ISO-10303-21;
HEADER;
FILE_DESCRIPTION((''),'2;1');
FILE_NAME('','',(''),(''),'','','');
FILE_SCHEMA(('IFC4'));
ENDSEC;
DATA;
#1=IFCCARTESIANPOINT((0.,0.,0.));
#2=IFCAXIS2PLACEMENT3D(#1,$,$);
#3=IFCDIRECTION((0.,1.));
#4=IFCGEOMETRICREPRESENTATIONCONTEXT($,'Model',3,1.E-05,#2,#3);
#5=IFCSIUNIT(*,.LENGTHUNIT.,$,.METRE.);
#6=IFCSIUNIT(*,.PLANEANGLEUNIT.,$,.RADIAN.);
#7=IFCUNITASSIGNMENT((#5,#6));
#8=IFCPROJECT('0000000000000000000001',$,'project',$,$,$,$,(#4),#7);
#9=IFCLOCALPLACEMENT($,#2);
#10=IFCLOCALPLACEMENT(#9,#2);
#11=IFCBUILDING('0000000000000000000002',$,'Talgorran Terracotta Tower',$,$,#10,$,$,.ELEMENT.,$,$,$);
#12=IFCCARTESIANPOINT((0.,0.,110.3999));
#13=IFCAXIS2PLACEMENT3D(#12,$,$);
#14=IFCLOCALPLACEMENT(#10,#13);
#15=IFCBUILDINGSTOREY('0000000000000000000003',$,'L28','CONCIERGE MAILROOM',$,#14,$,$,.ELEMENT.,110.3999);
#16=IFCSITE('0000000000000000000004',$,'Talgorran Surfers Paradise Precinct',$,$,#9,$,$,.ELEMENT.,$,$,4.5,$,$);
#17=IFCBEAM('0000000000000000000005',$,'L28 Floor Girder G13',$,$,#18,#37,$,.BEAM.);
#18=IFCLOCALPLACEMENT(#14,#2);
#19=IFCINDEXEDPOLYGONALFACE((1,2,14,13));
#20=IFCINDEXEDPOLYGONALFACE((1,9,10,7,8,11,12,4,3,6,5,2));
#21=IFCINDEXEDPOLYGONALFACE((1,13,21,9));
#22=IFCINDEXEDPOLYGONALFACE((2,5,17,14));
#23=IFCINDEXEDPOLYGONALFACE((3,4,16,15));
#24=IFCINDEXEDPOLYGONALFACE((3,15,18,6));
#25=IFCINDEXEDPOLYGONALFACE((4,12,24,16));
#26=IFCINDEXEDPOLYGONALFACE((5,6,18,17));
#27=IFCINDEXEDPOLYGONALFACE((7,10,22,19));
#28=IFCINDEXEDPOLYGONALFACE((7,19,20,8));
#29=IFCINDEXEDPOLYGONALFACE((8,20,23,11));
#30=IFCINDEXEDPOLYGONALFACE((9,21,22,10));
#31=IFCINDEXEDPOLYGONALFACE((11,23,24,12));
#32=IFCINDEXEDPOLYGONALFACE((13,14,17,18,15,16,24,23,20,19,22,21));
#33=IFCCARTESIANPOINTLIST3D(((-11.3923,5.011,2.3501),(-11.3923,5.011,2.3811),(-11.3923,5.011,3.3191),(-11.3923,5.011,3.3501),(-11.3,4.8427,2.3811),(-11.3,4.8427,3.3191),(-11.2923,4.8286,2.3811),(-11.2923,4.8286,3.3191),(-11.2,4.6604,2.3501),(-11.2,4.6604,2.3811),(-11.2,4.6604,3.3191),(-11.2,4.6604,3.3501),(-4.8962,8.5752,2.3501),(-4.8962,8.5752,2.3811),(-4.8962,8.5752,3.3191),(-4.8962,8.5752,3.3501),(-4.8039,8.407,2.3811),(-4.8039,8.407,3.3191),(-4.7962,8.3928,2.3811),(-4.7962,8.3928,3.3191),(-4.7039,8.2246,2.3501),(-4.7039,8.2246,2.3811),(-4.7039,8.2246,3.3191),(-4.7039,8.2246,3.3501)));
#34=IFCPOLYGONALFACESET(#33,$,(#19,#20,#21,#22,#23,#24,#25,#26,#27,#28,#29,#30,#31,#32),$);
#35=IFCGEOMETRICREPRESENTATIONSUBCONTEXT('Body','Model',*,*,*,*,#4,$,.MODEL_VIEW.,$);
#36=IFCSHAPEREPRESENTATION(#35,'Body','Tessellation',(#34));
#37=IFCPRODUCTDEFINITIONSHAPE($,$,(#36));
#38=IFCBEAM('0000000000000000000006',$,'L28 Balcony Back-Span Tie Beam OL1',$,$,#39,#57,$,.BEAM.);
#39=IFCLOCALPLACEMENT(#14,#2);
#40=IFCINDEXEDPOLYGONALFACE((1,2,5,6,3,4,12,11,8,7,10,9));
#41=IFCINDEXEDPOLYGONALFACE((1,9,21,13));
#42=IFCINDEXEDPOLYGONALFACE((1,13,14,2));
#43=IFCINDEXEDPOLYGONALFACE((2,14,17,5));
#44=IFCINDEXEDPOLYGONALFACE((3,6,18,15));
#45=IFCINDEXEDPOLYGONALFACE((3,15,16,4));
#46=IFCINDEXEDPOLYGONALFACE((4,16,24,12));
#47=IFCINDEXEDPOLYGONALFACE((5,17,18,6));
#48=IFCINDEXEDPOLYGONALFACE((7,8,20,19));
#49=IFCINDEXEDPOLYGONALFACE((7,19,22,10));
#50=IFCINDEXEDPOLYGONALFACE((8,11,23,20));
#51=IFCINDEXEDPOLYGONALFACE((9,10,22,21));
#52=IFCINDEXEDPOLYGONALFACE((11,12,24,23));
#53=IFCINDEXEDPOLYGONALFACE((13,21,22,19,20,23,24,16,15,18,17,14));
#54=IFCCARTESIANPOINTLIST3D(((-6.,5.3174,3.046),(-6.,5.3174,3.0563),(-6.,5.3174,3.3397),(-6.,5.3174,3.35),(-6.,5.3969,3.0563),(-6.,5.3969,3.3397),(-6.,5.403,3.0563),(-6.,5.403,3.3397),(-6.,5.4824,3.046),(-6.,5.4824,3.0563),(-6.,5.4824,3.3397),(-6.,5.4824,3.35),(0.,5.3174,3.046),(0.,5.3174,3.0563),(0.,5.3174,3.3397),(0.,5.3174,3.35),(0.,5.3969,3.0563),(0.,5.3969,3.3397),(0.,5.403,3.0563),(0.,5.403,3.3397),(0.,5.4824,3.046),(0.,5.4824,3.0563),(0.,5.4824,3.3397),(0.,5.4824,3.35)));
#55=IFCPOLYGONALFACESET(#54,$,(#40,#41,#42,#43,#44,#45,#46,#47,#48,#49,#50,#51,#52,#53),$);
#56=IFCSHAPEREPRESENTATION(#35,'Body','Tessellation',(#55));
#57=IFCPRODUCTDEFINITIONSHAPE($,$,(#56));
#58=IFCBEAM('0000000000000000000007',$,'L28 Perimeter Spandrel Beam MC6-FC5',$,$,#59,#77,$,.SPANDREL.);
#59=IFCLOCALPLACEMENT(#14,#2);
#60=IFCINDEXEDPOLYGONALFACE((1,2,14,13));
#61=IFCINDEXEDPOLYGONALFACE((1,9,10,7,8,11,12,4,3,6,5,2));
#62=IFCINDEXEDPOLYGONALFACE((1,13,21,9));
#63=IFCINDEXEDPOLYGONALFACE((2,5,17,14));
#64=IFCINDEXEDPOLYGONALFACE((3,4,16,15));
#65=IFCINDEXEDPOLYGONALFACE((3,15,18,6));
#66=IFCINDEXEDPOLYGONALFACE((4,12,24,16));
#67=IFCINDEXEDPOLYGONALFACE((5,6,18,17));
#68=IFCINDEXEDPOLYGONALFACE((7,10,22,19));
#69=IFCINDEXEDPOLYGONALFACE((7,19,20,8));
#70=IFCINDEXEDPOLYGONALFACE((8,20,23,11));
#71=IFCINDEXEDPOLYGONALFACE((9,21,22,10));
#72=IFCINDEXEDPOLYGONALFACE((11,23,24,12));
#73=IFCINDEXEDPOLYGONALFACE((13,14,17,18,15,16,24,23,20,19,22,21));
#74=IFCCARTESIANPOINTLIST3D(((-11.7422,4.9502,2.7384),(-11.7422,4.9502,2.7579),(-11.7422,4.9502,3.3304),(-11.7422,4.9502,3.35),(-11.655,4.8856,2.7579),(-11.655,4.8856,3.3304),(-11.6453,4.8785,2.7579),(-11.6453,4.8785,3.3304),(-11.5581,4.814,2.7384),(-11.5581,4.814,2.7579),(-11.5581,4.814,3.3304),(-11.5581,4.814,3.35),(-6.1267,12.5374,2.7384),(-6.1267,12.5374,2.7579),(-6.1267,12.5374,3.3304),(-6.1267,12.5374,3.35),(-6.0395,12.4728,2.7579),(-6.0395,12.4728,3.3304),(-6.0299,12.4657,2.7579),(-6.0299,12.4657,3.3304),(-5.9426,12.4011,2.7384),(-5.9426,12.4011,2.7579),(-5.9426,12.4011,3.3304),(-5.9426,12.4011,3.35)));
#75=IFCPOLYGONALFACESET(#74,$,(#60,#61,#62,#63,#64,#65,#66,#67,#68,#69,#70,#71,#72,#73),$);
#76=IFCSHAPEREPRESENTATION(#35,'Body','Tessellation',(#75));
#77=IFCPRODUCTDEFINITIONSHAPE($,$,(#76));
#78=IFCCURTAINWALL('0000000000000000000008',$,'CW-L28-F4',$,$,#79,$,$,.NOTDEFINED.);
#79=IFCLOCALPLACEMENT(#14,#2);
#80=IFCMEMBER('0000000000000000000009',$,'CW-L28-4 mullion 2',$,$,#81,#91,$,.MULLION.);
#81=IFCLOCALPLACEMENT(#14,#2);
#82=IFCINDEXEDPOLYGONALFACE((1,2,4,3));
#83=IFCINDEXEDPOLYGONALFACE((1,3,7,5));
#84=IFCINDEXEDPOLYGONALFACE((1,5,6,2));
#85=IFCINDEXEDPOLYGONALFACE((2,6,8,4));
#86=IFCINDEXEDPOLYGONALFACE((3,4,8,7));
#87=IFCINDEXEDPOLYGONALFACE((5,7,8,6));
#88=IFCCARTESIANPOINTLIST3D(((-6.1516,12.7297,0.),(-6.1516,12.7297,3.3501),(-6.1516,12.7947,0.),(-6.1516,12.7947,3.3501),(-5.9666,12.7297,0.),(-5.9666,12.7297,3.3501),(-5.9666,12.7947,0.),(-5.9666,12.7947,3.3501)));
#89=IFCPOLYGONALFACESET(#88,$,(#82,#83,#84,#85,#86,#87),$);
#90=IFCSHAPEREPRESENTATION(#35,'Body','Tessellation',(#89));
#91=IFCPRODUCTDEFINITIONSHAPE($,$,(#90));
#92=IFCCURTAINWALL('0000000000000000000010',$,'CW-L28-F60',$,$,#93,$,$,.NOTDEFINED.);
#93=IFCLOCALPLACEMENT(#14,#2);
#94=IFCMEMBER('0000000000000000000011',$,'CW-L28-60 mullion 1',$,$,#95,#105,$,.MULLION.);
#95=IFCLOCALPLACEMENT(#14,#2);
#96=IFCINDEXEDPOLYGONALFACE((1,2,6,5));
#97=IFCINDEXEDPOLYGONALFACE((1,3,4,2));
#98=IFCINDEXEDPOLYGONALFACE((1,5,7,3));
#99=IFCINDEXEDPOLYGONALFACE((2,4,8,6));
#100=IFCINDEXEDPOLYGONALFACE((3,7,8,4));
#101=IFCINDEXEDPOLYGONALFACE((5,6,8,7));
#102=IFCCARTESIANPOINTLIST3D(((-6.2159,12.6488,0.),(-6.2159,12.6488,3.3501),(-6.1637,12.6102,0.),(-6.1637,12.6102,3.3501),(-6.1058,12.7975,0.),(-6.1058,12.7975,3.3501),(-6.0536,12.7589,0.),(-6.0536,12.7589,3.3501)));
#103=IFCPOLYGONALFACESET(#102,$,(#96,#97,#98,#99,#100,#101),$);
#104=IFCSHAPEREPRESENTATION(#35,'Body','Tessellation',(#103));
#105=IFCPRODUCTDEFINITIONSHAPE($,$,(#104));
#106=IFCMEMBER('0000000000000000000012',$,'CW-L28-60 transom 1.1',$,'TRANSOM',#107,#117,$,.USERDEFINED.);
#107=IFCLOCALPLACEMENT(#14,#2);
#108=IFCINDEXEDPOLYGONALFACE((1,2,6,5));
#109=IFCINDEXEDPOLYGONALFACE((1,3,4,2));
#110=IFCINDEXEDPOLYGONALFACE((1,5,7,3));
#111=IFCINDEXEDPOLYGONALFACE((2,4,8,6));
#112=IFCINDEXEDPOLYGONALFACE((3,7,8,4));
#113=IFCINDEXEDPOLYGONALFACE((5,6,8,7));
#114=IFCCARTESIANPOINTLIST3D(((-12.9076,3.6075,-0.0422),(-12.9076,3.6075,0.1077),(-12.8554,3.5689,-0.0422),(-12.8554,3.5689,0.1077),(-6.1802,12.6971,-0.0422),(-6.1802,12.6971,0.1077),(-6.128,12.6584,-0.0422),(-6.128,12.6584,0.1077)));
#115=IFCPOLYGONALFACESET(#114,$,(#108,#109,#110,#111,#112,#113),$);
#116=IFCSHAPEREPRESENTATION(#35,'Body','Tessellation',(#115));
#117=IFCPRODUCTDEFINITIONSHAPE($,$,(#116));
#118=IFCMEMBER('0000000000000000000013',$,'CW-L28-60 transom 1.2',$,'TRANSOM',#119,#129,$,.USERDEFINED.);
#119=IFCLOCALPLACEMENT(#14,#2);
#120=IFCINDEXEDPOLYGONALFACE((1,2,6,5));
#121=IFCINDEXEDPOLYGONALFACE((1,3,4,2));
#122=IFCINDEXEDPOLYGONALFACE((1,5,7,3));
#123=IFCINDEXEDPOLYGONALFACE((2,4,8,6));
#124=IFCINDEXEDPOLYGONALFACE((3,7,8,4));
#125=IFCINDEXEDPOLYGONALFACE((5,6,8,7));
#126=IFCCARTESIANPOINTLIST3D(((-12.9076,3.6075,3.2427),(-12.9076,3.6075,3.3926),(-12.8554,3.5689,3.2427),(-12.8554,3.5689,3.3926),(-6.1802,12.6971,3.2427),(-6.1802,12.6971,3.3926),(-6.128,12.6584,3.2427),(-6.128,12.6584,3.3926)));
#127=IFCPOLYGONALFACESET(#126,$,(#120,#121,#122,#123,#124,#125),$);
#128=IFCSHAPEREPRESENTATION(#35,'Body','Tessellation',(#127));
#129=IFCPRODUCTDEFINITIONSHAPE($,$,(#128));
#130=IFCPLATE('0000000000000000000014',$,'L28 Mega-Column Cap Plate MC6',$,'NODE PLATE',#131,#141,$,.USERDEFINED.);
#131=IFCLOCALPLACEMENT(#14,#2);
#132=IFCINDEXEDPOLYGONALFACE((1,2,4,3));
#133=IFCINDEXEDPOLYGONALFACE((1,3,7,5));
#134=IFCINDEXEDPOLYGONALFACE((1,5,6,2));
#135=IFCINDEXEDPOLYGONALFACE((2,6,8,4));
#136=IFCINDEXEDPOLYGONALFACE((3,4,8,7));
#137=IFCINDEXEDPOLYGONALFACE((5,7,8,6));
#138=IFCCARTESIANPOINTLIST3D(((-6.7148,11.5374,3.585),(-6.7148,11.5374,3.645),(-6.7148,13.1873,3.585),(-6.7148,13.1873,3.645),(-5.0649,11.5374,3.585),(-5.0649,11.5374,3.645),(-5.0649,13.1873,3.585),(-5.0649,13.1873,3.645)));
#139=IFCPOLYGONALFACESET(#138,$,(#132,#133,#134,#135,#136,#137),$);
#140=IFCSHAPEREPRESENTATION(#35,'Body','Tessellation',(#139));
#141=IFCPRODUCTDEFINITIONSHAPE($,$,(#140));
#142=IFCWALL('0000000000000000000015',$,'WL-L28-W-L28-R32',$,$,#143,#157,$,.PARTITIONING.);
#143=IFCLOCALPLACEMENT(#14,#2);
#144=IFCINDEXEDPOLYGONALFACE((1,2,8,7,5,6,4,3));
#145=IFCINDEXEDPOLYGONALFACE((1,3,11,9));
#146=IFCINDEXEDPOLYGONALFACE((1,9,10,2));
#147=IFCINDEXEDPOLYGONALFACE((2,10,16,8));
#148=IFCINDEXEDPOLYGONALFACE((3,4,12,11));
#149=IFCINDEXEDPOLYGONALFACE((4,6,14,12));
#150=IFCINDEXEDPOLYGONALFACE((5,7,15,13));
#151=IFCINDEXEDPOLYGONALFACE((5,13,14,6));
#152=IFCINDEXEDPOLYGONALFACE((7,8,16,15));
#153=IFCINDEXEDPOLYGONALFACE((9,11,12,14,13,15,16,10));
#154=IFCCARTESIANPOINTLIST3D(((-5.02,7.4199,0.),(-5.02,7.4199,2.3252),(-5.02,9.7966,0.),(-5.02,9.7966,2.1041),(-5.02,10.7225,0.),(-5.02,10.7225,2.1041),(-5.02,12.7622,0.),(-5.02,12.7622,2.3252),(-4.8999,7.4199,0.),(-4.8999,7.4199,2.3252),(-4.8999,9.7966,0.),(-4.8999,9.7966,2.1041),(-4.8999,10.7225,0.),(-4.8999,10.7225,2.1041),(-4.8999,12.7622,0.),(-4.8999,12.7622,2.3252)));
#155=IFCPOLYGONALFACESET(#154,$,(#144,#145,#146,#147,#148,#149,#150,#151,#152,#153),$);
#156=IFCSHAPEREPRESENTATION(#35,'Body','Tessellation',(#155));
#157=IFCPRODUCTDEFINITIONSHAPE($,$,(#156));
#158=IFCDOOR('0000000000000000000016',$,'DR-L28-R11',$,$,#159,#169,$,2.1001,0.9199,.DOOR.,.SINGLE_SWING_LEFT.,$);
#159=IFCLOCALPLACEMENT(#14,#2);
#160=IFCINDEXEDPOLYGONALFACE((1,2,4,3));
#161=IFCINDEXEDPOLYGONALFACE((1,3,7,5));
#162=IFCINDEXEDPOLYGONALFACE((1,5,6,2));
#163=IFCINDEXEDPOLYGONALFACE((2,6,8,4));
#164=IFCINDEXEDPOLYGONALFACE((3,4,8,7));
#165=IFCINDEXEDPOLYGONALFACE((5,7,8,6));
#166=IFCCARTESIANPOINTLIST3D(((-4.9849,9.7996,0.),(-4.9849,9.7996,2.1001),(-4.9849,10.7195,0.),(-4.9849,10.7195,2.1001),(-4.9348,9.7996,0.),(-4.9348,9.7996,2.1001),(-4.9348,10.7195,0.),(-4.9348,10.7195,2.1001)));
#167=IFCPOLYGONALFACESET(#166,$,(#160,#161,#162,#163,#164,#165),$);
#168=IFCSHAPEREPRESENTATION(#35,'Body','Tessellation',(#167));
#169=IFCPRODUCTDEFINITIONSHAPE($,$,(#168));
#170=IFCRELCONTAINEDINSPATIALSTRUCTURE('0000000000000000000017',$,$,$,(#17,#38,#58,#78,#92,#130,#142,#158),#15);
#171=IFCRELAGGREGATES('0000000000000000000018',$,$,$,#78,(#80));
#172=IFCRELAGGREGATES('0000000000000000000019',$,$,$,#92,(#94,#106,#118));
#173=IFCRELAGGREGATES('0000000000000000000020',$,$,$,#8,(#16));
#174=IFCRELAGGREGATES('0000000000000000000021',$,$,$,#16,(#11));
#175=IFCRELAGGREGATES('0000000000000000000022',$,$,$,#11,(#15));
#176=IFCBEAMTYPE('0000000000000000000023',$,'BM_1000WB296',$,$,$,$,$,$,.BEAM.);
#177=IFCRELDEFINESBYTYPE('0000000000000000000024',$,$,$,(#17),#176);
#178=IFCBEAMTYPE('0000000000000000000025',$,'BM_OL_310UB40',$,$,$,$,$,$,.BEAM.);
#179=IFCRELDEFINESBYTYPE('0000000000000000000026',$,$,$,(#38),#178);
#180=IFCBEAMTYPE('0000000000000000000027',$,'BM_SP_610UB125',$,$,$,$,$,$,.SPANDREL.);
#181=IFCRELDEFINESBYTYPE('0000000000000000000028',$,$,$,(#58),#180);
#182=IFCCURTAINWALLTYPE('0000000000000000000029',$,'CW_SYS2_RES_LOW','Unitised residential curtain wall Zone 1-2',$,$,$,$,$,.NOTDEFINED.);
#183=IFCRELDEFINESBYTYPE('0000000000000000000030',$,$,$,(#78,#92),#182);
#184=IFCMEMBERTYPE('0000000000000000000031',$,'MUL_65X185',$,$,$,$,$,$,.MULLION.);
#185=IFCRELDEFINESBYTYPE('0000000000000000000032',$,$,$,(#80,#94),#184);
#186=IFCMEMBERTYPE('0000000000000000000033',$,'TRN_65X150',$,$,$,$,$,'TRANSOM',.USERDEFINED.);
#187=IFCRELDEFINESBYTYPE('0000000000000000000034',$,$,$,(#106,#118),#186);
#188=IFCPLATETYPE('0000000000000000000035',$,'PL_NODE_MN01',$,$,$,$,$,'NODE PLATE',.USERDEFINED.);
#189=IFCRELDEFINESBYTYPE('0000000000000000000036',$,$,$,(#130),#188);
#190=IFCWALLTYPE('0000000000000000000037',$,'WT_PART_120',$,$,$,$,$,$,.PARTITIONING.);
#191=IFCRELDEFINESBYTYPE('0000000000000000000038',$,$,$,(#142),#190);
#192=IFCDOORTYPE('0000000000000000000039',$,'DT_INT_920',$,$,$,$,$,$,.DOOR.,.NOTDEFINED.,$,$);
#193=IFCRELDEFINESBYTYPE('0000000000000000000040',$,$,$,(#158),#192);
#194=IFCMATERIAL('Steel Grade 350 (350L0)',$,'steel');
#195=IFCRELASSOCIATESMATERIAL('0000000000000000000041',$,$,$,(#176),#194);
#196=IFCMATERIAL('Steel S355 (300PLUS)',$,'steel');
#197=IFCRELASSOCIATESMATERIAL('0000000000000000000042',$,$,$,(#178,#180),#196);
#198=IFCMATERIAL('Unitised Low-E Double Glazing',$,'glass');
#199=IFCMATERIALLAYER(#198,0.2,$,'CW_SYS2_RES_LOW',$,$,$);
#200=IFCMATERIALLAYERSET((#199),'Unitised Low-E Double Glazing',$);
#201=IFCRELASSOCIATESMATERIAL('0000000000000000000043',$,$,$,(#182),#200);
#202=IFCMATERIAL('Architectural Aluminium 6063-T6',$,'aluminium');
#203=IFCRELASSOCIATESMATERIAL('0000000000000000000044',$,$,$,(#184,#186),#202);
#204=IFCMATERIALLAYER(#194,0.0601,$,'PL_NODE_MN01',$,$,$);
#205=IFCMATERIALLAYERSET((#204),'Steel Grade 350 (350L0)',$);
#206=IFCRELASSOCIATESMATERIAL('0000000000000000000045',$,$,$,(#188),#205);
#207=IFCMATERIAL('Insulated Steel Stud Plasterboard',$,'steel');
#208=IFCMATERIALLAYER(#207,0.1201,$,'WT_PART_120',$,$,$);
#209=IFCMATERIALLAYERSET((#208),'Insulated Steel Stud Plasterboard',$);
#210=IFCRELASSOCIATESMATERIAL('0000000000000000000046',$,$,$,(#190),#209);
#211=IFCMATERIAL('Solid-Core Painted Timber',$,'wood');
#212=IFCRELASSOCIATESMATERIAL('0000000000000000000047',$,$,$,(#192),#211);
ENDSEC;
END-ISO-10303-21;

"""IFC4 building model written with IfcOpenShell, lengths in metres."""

from ifc_helpers import new_model, si_unit, direction, frame, frame_2d, origin, origin_2d, place, context, subcontext, project, spatial, rectangle, i_section, extrude, material, layer, layer_set, material_profile, profile_set, type_object, element, fill, aggregate, save


model = new_model("IFC4")

# Units and contexts
model_context = context("Model", 3, precision=1e-05, world=origin(), true_north=direction((0.0, 1.0)))
body_context = subcontext(model_context, "Body", "Model", "MODEL_VIEW")
ifc_project = project(units=[si_unit("LENGTHUNIT", "METRE"), si_unit("PLANEANGLEUNIT", "RADIAN")], contexts=[model_context])

# Site, building, storey
site_placement = place(None, origin())
site = spatial("IfcSite", under=ifc_project, at=site_placement, Name="Talgorran Surfers Paradise Precinct", CompositionType="ELEMENT", RefElevation=4.5)
building_placement = place(site_placement, origin())
building = spatial("IfcBuilding", under=site, at=building_placement, Name="Talgorran Terracotta Tower", CompositionType="ELEMENT")
storey_placement = place(building_placement, frame((0.0, 0.0, 110.3999)))
storey = spatial("IfcBuildingStorey", under=building, at=storey_placement, Name="L28", Description="CONCIERGE MAILROOM", CompositionType="ELEMENT", Elevation=110.3999)

# Shared definitions
ifc_material_1 = material(Name="Steel S355 (300PLUS)", Category="steel")
ifc_material_2 = material(Name="Steel Grade 350 (350L0)", Category="steel")

# Beams
ifc_material_profile_1 = material_profile(ifc_material_2, i_section(OverallWidth=0.3999, OverallDepth=1.0, WebThickness=0.0161, FlangeThickness=0.031, at=origin_2d()), Name="1000WB296")
ifc_profile_set_1 = profile_set([ifc_material_profile_1], Name="Steel Grade 350 (350L0)")
beam_type_1 = type_object("IfcBeamType", Name="BM_1000WB296", PredefinedType="BEAM", material=ifc_profile_set_1)
beam_1_placement = place(storey_placement, frame((-4.8, 8.3999, 2.8501), z_axis=(-0.876708, -0.481023, 0.0), x_axis=(0.481023, -0.876708, 0.0)))
element("IfcBeam", 1, at=beam_1_placement, inside=storey, type_object=beam_type_1, Name="L28 Floor Girder G13", PredefinedType="BEAM", context=body_context, shape_type="SweptSolid", body=[
    extrude(i_section(OverallWidth=0.3999, OverallDepth=1.0, WebThickness=0.0161, FlangeThickness=0.031, at=origin_2d()), origin(), (0.0, 0.0, 1.0), 7.4097),
])
ifc_material_profile_2 = material_profile(ifc_material_1, i_section(OverallWidth=0.165, OverallDepth=0.304, WebThickness=0.0061, FlangeThickness=0.0103, at=origin_2d()), Name="310UB40.4")
ifc_profile_set_2 = profile_set([ifc_material_profile_2], Name="Steel S355 (300PLUS)")
beam_type_2 = type_object("IfcBeamType", Name="BM_OL_310UB40", PredefinedType="BEAM", material=ifc_profile_set_2)
beam_2_placement = place(storey_placement, frame((-6.0, 5.3999, 3.198), z_axis=(1.0, 0.0, 0.0), x_axis=(0.0, 1.0, 0.0)))
element("IfcBeam", 2, at=beam_2_placement, inside=storey, type_object=beam_type_2, Name="L28 Balcony Back-Span Tie Beam OL1", PredefinedType="BEAM", context=body_context, shape_type="SweptSolid", body=[
    extrude(i_section(OverallWidth=0.165, OverallDepth=0.304, WebThickness=0.0061, FlangeThickness=0.0103, at=origin_2d()), origin(), (0.0, 0.0, 1.0), 6.0),
])
ifc_material_profile_3 = material_profile(ifc_material_1, i_section(OverallWidth=0.229, OverallDepth=0.6116, WebThickness=0.012, FlangeThickness=0.0195, at=origin_2d()), Name="610UB125")
ifc_profile_set_3 = profile_set([ifc_material_profile_3], Name="Steel S355 (300PLUS)")
beam_type_3 = type_object("IfcBeamType", Name="BM_SP_610UB125", PredefinedType="SPANDREL", material=ifc_profile_set_3)
beam_3_placement = place(storey_placement, frame((-6.0347, 12.4692, 3.0442), z_axis=(-0.59491, -0.803792, 0.0), x_axis=(0.803792, -0.59491, 0.0)))
element("IfcBeam", 3, at=beam_3_placement, inside=storey, type_object=beam_type_3, Name="L28 Perimeter Spandrel Beam MC6-FC5", PredefinedType="SPANDREL", context=body_context, shape_type="SweptSolid", body=[
    extrude(i_section(OverallWidth=0.229, OverallDepth=0.6116, WebThickness=0.012, FlangeThickness=0.0195, at=origin_2d()), origin(), (0.0, 0.0, 1.0), 9.4392),
])

# Curtain wall, member
ifc_material_3 = material(Name="Unitised Low-E Double Glazing", Category="glass")
ifc_layer_1 = layer(ifc_material_3, 0.2, Name="CW_SYS2_RES_LOW")
ifc_layer_set_1 = layer_set([ifc_layer_1], Name="Unitised Low-E Double Glazing")
curtain_wall_type = type_object("IfcCurtainWallType", Name="CW_SYS2_RES_LOW", Description="Unitised residential curtain wall Zone 1-2", PredefinedType="NOTDEFINED", material=ifc_layer_set_1)
curtain_wall_1_placement = place(storey_placement, origin())
curtain_wall_1 = element("IfcCurtainWall", 4, at=curtain_wall_1_placement, inside=storey, type_object=curtain_wall_type, Name="CW-L28-F4", PredefinedType="NOTDEFINED")
ifc_material_4 = material(Name="Architectural Aluminium 6063-T6", Category="aluminium")
ifc_material_profile_4 = material_profile(ifc_material_4, rectangle(XDim=0.0649, YDim=0.1851, at=origin_2d()), Name="CWM65X185")
ifc_profile_set_4 = profile_set([ifc_material_profile_4], Name="Architectural Aluminium 6063-T6")
member_type_1 = type_object("IfcMemberType", Name="MUL_65X185", PredefinedType="MULLION", material=ifc_profile_set_4)
member_1_placement = place(storey_placement, frame((-6.0591, 12.7622, 0.0), z_axis=(0.0, 0.0, 1.0), x_axis=(0.0, -1.0, 0.0)))
member_1 = element("IfcMember", 5, at=member_1_placement, type_object=member_type_1, Name="CW-L28-4 mullion 2", PredefinedType="MULLION", context=body_context, shape_type="SweptSolid", body=[
    extrude(rectangle(XDim=0.0649, YDim=0.1851, at=origin_2d()), origin(), (0.0, 0.0, 1.0), 3.3501),
])
aggregate(curtain_wall_1, [member_1])

# Curtain wall, members
curtain_wall_2_placement = place(storey_placement, origin())
curtain_wall_2 = element("IfcCurtainWall", 6, at=curtain_wall_2_placement, inside=storey, type_object=curtain_wall_type, Name="CW-L28-F60", PredefinedType="NOTDEFINED")
member_2_placement = place(storey_placement, frame((-6.1348, 12.7039, 0.0), z_axis=(0.0, 0.0, 1.0), x_axis=(0.803796, -0.594905, 0.0)))
member_2 = element("IfcMember", 7, at=member_2_placement, type_object=member_type_1, Name="CW-L28-60 mullion 1", PredefinedType="MULLION", context=body_context, shape_type="SweptSolid", body=[
    extrude(rectangle(XDim=0.0649, YDim=0.1851, at=origin_2d()), origin(), (0.0, 0.0, 1.0), 3.3501),
])
ifc_material_profile_5 = material_profile(ifc_material_4, rectangle(XDim=0.0649, YDim=0.1499, at=origin_2d()), Name="CWT65X150")
ifc_profile_set_5 = profile_set([ifc_material_profile_5], Name="Architectural Aluminium 6063-T6")
member_type_2 = type_object("IfcMemberType", Name="TRN_65X150", ElementType="TRANSOM", PredefinedType="USERDEFINED", material=ifc_profile_set_5)
member_3_placement = place(storey_placement, frame((-6.1541, 12.6777, 0.0327), z_axis=(-0.594914, -0.80379, 0.0), x_axis=(0.80379, -0.594914, 0.0)))
member_3 = element("IfcMember", 8, at=member_3_placement, type_object=member_type_2, Name="CW-L28-60 transom 1.1", ObjectType="TRANSOM", PredefinedType="USERDEFINED", context=body_context, shape_type="SweptSolid", body=[
    extrude(rectangle(XDim=0.0649, YDim=0.1499, at=origin_2d()), origin(), (0.0, 0.0, 1.0), 11.3083),
])
member_4_placement = place(storey_placement, frame((-6.1541, 12.6777, 3.3176), z_axis=(-0.594914, -0.80379, 0.0), x_axis=(0.80379, -0.594914, 0.0)))
member_4 = element("IfcMember", 9, at=member_4_placement, type_object=member_type_2, Name="CW-L28-60 transom 1.2", ObjectType="TRANSOM", PredefinedType="USERDEFINED", context=body_context, shape_type="SweptSolid", body=[
    extrude(rectangle(XDim=0.0649, YDim=0.1499, at=origin_2d()), origin(), (0.0, 0.0, 1.0), 11.3083),
])
aggregate(curtain_wall_2, [member_2, member_3, member_4])

# Plate
ifc_layer_2 = layer(ifc_material_2, 0.0601, Name="PL_NODE_MN01")
ifc_layer_set_2 = layer_set([ifc_layer_2], Name="Steel Grade 350 (350L0)")
plate_type = type_object("IfcPlateType", Name="PL_NODE_MN01", ElementType="NODE PLATE", PredefinedType="USERDEFINED", material=ifc_layer_set_2)
plate_placement = place(storey_placement, frame((-5.8899, 12.3623, 3.585), z_axis=(0.0, 0.0, 1.0), x_axis=(1.0, 0.0, 0.0)))
element("IfcPlate", 10, at=plate_placement, inside=storey, type_object=plate_type, Name="L28 Mega-Column Cap Plate MC6", ObjectType="NODE PLATE", PredefinedType="USERDEFINED", context=body_context, shape_type="SweptSolid", body=[
    extrude(rectangle(XDim=1.6499, YDim=1.6499, at=origin_2d()), origin(), (0.0, 0.0, 1.0), 0.0601),
])

# Wall, opening, door
ifc_material_5 = material(Name="Insulated Steel Stud Plasterboard", Category="steel")
ifc_layer_3 = layer(ifc_material_5, 0.1201, Name="WT_PART_120")
ifc_layer_set_3 = layer_set([ifc_layer_3], Name="Insulated Steel Stud Plasterboard")
wall_type_1 = type_object("IfcWallType", Name="WT_PART_120", PredefinedType="PARTITIONING", material=ifc_layer_set_3)
wall_1_placement = place(storey_placement, frame((-4.96, 7.4199, 0.0), z_axis=(0.0, 0.0, 1.0), x_axis=(0.0, 1.0, 0.0)))
wall_1 = element("IfcWall", 11, at=wall_1_placement, inside=storey, type_object=wall_type_1, Name="WL-L28-W-L28-R32", PredefinedType="PARTITIONING", context=body_context, shape_type="SweptSolid", body=[
    extrude(rectangle(XDim=5.3423, YDim=0.1201, at=frame_2d((2.6711, 0.0))), origin(), (0.0, 0.0, 1.0), 2.3252),
])
opening_1_placement = place(wall_1_placement, frame((2.3796, 0.0, 0.0)))
opening_1 = element("IfcOpeningElement", 12, at=opening_1_placement, cuts=wall_1, PredefinedType="OPENING", context=body_context, shape_type="SweptSolid", body=[
    extrude(rectangle(XDim=0.9259, YDim=2.1041, at=frame_2d((0.46, 1.052))), frame((0.0, 0.0701, 0.0), z_axis=(0.0, -1.0, 0.0), x_axis=(1.0, 0.0, 0.0)), (0.0, 0.0, 1.0), 0.1401),
])
ifc_material_6 = material(Name="Solid-Core Painted Timber", Category="wood")
door_type_1 = type_object("IfcDoorType", Name="DT_INT_920", OperationType="NOTDEFINED", PredefinedType="DOOR", material=ifc_material_6)
door_1_placement = place(opening_1_placement, origin())
door_1 = element("IfcDoor", 13, at=door_1_placement, inside=storey, type_object=door_type_1, Name="DR-L28-R11", OperationType="SINGLE_SWING_LEFT", OverallHeight=2.1001, OverallWidth=0.9199, PredefinedType="DOOR", context=body_context, shape_type="SweptSolid", body=[
    extrude(rectangle(XDim=0.9199, YDim=2.1001, at=frame_2d((0.46, 1.05))), frame((0.0, 0.0249, 0.0), z_axis=(0.0, -1.0, 0.0), x_axis=(1.0, 0.0, 0.0)), (0.0, 0.0, 1.0), 0.05),
])
fill(opening_1, door_1)

save(model, "model.ifc")
